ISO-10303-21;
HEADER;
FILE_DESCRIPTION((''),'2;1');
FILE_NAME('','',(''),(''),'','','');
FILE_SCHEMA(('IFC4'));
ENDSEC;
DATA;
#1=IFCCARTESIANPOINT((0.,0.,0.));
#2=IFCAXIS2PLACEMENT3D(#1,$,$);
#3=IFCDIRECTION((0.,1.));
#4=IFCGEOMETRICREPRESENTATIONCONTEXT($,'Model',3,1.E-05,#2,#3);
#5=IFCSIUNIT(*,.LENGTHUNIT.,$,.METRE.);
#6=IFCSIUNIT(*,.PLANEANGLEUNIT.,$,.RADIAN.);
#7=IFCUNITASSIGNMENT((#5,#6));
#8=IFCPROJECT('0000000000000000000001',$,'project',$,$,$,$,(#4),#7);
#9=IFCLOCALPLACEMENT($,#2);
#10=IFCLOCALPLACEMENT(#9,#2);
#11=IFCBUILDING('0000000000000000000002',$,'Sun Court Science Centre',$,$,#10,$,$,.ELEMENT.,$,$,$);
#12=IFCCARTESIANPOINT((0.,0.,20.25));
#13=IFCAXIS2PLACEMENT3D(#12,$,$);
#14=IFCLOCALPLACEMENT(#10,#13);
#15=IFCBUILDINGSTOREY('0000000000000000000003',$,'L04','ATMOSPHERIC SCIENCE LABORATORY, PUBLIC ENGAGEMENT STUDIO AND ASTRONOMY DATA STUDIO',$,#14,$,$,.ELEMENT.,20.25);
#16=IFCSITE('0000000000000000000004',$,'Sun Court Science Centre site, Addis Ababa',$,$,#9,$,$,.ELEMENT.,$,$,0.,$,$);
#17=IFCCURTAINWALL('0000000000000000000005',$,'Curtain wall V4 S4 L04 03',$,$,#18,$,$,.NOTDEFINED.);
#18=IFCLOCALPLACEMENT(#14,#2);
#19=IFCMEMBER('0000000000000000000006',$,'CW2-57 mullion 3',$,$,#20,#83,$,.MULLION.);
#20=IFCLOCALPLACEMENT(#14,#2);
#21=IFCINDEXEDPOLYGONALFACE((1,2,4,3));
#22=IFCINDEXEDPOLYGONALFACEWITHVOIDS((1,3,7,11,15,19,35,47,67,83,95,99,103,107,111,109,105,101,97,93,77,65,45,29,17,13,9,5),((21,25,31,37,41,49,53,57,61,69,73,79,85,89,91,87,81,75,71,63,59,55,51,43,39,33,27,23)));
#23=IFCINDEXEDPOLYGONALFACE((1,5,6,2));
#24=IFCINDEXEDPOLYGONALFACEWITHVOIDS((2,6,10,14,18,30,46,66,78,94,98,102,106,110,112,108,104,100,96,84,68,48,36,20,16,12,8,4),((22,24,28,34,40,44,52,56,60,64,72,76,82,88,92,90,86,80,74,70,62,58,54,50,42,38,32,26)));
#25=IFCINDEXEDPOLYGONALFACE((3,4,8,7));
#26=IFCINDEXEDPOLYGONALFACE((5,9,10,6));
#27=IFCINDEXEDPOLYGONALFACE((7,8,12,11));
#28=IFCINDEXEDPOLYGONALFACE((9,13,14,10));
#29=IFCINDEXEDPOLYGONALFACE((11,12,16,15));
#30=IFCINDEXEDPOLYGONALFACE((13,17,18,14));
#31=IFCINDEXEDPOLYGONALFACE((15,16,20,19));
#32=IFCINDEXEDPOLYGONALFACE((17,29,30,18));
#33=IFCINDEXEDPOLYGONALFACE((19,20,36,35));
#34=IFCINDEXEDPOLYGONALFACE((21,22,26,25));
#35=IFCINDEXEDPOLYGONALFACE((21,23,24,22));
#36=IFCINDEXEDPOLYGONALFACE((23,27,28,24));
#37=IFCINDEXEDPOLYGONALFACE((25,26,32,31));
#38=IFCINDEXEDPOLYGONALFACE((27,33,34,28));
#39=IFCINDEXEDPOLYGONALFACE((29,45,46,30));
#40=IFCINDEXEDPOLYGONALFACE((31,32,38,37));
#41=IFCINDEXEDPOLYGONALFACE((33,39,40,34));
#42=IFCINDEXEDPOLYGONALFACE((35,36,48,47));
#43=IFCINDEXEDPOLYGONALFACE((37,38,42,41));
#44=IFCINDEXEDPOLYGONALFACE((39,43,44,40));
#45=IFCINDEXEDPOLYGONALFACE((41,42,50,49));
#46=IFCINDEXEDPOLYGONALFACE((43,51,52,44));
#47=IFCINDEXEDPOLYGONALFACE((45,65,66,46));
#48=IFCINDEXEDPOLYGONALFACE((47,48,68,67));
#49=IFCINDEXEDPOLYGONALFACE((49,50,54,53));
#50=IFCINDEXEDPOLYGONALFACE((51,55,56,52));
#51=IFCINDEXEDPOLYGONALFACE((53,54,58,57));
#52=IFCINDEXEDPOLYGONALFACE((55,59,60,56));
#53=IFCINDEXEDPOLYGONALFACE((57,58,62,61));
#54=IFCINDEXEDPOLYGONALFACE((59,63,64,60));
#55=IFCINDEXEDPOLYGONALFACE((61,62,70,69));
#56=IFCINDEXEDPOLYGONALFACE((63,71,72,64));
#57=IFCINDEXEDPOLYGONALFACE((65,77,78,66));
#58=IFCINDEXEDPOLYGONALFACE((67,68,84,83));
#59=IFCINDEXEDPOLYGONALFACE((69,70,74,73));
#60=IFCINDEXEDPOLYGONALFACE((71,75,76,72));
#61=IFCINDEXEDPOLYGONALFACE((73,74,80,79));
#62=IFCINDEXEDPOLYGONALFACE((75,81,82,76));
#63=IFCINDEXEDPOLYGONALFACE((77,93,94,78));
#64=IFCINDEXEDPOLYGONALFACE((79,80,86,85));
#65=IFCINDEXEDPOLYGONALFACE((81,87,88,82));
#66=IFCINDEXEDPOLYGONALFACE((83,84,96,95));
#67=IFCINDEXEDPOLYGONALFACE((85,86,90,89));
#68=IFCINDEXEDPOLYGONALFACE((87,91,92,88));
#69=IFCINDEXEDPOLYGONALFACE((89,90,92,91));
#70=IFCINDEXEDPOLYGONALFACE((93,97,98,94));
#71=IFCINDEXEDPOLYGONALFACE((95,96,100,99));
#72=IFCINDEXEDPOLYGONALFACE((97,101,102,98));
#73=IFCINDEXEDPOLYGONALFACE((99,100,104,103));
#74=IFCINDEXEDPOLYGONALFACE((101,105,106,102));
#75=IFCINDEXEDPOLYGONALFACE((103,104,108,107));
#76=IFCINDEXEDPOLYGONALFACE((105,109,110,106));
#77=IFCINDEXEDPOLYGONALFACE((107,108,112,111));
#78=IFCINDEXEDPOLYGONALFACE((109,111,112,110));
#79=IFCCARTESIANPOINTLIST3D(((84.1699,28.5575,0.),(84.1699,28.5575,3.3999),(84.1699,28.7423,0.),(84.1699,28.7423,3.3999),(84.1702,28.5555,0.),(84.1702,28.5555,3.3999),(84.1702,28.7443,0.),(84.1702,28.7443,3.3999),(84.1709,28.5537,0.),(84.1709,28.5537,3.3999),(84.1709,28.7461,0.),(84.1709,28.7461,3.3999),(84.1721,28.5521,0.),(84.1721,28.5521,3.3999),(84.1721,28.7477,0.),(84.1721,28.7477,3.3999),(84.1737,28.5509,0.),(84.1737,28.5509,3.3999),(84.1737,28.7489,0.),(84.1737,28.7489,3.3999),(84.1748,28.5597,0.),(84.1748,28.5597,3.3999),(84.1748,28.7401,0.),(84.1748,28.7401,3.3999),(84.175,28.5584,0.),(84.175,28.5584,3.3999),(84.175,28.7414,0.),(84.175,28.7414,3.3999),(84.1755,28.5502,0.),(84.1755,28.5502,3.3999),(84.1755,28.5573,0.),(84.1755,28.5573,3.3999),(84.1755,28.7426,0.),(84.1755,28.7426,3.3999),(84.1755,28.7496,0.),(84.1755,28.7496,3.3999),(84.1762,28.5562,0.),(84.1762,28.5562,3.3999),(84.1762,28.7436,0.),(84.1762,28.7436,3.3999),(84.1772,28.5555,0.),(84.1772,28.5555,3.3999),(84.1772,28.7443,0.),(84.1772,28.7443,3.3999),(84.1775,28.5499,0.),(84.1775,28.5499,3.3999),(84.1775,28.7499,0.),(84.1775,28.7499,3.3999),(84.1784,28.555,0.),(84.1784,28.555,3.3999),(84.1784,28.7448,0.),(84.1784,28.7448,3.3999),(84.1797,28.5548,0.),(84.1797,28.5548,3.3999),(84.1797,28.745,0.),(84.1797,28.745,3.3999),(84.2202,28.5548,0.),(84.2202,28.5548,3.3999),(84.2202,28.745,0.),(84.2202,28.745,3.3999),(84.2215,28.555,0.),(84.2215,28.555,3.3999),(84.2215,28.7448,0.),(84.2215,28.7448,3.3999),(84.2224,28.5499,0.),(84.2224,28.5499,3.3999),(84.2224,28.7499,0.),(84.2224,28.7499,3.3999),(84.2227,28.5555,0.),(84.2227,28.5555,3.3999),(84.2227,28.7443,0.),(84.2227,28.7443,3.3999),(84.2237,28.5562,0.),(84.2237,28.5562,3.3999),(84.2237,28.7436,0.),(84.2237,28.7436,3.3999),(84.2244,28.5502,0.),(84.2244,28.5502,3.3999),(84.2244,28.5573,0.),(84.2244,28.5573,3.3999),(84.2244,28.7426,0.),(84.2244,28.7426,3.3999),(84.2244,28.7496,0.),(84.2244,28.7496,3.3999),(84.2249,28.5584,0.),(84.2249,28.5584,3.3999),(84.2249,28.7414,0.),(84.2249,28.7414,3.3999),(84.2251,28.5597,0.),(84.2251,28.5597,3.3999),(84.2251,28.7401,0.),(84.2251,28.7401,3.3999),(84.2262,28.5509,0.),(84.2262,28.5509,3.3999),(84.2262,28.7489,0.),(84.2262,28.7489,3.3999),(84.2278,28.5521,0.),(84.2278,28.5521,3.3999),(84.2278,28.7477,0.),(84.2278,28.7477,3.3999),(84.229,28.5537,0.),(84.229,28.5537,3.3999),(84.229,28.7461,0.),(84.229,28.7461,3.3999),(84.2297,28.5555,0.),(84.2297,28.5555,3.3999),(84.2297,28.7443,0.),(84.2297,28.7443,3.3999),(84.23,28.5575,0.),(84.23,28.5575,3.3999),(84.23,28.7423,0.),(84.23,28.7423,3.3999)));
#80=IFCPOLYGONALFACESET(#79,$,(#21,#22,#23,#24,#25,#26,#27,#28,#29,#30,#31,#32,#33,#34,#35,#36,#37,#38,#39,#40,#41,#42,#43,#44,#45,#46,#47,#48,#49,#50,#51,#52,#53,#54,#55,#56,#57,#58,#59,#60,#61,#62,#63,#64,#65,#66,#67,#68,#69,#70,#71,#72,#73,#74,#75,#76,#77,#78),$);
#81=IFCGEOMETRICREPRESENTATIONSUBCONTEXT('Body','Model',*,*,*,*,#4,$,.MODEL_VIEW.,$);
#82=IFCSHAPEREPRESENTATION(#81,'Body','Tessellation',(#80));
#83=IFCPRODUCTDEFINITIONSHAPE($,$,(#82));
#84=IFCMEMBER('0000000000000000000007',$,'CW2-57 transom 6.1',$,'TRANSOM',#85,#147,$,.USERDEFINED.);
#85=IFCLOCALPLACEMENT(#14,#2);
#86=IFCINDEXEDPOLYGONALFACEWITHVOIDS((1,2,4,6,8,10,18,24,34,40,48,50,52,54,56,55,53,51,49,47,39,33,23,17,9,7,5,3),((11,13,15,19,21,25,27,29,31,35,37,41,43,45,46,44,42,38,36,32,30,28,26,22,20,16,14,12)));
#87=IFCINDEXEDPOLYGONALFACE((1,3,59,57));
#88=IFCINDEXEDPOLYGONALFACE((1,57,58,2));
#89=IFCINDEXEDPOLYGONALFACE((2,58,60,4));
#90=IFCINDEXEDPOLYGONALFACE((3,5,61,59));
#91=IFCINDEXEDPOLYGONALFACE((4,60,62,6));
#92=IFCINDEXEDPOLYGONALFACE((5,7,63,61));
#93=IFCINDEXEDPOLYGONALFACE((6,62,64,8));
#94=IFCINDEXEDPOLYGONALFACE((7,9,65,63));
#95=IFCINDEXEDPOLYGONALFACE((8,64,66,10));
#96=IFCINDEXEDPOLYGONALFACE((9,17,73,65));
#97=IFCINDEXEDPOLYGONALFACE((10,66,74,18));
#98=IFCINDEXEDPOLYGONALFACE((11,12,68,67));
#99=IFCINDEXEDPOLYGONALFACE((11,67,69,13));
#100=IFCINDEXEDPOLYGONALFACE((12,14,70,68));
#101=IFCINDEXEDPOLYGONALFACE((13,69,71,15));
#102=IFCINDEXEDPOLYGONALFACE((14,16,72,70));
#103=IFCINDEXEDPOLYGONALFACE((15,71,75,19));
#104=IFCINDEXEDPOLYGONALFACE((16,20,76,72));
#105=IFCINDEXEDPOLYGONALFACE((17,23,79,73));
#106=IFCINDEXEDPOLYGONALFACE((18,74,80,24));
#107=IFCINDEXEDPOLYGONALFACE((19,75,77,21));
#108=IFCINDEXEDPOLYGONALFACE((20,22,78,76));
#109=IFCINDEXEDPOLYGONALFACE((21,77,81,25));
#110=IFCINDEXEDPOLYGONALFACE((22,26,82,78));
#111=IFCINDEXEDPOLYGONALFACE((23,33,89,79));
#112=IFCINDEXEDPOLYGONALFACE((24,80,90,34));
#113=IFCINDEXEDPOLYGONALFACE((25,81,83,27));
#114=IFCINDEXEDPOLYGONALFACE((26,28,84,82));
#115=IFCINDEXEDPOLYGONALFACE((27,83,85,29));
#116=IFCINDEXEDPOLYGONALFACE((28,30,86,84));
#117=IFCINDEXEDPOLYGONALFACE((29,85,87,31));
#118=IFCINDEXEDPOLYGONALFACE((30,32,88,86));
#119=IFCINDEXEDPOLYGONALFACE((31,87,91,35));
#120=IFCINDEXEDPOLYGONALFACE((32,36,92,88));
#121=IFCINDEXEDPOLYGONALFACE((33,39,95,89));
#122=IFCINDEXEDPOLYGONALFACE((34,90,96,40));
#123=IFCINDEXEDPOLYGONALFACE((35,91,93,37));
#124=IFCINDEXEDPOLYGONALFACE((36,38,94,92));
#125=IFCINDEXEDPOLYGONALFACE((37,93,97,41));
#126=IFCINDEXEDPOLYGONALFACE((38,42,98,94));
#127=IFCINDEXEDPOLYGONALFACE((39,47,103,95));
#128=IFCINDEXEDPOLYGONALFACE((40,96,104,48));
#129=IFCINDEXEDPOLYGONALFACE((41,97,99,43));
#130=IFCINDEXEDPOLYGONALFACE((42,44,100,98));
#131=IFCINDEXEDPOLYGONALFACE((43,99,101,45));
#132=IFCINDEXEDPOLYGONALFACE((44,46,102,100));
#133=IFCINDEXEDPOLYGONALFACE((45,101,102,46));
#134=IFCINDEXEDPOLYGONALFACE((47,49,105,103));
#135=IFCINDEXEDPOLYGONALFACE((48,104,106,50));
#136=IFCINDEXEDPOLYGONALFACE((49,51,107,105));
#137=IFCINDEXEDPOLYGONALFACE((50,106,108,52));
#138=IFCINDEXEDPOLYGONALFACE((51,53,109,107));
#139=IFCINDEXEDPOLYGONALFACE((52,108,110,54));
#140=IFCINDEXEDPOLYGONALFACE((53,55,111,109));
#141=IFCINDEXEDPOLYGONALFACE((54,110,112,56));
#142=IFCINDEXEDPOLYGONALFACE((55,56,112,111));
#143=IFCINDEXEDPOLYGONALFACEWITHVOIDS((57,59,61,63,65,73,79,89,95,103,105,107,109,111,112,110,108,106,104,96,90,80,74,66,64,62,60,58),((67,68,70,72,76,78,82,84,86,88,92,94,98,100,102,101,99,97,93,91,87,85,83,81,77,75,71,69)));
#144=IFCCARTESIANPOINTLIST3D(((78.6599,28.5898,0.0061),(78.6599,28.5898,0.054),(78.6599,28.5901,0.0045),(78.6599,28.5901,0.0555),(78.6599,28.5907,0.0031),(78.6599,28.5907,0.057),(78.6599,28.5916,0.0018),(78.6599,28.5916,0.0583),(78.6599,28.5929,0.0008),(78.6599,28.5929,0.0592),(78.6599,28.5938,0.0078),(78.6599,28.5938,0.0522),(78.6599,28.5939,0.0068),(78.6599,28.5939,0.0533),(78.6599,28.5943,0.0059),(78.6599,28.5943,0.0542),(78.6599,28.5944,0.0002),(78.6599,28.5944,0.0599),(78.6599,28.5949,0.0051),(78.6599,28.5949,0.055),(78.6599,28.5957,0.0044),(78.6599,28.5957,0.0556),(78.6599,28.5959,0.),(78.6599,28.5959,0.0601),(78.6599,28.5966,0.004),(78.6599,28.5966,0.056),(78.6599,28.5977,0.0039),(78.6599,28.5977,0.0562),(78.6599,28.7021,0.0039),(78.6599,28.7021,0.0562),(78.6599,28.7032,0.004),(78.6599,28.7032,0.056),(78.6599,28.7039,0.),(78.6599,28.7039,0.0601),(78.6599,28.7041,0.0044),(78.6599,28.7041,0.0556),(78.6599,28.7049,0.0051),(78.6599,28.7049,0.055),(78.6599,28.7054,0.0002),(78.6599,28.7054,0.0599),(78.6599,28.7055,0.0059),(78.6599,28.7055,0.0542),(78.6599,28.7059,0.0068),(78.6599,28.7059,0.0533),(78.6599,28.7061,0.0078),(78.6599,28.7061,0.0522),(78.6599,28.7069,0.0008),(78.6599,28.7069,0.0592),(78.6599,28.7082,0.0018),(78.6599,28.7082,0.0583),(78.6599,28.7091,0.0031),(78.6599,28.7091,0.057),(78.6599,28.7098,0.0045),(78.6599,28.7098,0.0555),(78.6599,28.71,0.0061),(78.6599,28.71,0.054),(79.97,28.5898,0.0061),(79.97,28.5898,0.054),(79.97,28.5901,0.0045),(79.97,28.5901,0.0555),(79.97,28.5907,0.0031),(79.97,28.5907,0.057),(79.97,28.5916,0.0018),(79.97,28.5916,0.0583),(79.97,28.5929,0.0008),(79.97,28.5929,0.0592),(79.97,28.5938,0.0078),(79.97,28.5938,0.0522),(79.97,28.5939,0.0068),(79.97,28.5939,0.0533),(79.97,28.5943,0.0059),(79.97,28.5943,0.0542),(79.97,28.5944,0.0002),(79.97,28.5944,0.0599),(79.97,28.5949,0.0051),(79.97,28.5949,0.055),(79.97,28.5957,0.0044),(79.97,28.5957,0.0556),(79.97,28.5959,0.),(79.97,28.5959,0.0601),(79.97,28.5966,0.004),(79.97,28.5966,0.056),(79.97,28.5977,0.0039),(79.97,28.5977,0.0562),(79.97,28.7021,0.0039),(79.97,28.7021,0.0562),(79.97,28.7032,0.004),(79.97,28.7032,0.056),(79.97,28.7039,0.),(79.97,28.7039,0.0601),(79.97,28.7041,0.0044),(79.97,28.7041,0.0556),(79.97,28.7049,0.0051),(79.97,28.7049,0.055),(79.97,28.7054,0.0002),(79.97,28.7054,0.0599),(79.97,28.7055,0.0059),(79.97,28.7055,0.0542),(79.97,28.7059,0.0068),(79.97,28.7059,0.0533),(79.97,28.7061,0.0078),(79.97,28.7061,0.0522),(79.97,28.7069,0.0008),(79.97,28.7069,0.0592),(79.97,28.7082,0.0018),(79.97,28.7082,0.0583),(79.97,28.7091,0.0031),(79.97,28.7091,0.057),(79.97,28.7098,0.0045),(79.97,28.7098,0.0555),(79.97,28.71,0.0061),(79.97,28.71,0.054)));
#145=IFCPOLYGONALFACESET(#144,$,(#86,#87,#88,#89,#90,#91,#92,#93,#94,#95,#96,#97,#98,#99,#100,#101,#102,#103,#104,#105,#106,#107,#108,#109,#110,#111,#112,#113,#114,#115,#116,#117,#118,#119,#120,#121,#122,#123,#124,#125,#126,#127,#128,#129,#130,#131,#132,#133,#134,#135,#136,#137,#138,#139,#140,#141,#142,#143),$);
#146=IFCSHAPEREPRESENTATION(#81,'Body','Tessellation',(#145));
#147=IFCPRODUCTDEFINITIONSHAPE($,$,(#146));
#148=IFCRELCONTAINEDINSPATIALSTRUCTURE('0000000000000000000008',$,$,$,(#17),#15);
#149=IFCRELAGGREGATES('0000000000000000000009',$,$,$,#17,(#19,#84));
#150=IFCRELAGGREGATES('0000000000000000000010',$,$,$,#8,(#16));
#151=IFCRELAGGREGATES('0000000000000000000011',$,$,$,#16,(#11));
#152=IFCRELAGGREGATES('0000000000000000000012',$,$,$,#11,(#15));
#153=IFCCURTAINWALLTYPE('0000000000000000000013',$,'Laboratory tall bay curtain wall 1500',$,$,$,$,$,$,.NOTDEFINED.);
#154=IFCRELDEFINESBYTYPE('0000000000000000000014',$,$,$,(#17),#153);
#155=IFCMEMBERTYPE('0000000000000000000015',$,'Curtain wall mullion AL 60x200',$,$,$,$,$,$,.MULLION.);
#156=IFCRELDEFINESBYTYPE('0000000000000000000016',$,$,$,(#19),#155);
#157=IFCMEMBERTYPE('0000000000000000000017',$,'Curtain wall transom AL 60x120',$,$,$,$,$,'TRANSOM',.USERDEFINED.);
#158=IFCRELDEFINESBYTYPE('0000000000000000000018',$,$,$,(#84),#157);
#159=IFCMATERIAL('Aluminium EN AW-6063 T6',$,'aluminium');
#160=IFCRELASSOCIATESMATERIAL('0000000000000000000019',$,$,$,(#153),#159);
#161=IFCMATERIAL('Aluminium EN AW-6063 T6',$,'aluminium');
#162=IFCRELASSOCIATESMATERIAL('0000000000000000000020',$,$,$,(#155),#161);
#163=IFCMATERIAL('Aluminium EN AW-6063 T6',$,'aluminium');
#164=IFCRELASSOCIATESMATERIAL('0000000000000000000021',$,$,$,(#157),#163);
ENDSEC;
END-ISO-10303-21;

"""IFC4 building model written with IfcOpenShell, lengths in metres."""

from ifc_helpers import new_model, si_unit, direction, frame, origin, origin_2d, place, context, subcontext, project, spatial, hollow_rectangle, extrude, material, material_profile, profile_set, type_object, element, aggregate, save


model = new_model("IFC4")

# Units and contexts
model_context = context("Model", 3, precision=1e-05, world=origin(), true_north=direction((0.0, 1.0)))
body_context = subcontext(model_context, "Body", "Model", "MODEL_VIEW")
ifc_project = project(units=[si_unit("LENGTHUNIT", "METRE"), si_unit("PLANEANGLEUNIT", "RADIAN")], contexts=[model_context])

# Site, building, storey
site_placement = place(None, origin())
site = spatial("IfcSite", under=ifc_project, at=site_placement, Name="Sun Court Science Centre site, Addis Ababa", CompositionType="ELEMENT", RefElevation=0.0)
building_placement = place(site_placement, origin())
building = spatial("IfcBuilding", under=site, at=building_placement, Name="Sun Court Science Centre", CompositionType="ELEMENT")
storey_placement = place(building_placement, frame((0.0, 0.0, 20.25)))
storey = spatial("IfcBuildingStorey", under=building, at=storey_placement, Name="L04", Description="ATMOSPHERIC SCIENCE LABORATORY, PUBLIC ENGAGEMENT STUDIO AND ASTRONOMY DATA STUDIO", CompositionType="ELEMENT", Elevation=20.25)

# Curtain wall, members
ifc_material_1 = material(Name="Aluminium EN AW-6063 T6", Category="aluminium")
curtain_wall_type = type_object("IfcCurtainWallType", Name="Laboratory tall bay curtain wall 1500", PredefinedType="NOTDEFINED", material=ifc_material_1)
curtain_wall_placement = place(storey_placement, origin())
curtain_wall = element("IfcCurtainWall", 1, at=curtain_wall_placement, inside=storey, type_object=curtain_wall_type, Name="Curtain wall V4 S4 L04 03", PredefinedType="NOTDEFINED")
ifc_material_2 = material(Name="Aluminium EN AW-6063 T6", Category="aluminium")
ifc_material_profile_1 = material_profile(ifc_material_2, hollow_rectangle(XDim=0.0601, YDim=0.2, WallThickness=0.0049, InnerFilletRadius=0.0049, OuterFilletRadius=0.0076, at=origin_2d()), Name="AL 60x200x5")
ifc_profile_set_1 = profile_set([ifc_material_profile_1], Name="Aluminium EN AW-6063 T6")
member_type_1 = type_object("IfcMemberType", Name="Curtain wall mullion AL 60x200", PredefinedType="MULLION", material=ifc_profile_set_1)
member_1_placement = place(storey_placement, frame((84.2, 28.6499, 0.0), z_axis=(0.0, 0.0, 1.0), x_axis=(-1.0, 0.0, 0.0)))
member_1 = element("IfcMember", 2, at=member_1_placement, type_object=member_type_1, Name="CW2-57 mullion 3", PredefinedType="MULLION", context=body_context, shape_type="SweptSolid", body=[
    extrude(hollow_rectangle(XDim=0.0601, YDim=0.2, WallThickness=0.0049, InnerFilletRadius=0.0049, OuterFilletRadius=0.0076, at=origin_2d()), origin(), (0.0, 0.0, 1.0), 3.3999),
])
ifc_material_3 = material(Name="Aluminium EN AW-6063 T6", Category="aluminium")
ifc_material_profile_2 = material_profile(ifc_material_3, hollow_rectangle(XDim=0.0601, YDim=0.1201, WallThickness=0.0039, InnerFilletRadius=0.0039, OuterFilletRadius=0.0061, at=origin_2d()), Name="AL 60x120x4")
ifc_profile_set_2 = profile_set([ifc_material_profile_2], Name="Aluminium EN AW-6063 T6")
member_type_2 = type_object("IfcMemberType", Name="Curtain wall transom AL 60x120", ElementType="TRANSOM", PredefinedType="USERDEFINED", material=ifc_profile_set_2)
member_2_placement = place(storey_placement, frame((79.97, 28.6499, 0.03), z_axis=(-1.0, 0.0, 0.0), x_axis=(0.0, 0.0, 1.0)))
member_2 = element("IfcMember", 3, at=member_2_placement, type_object=member_type_2, Name="CW2-57 transom 6.1", ObjectType="TRANSOM", PredefinedType="USERDEFINED", context=body_context, shape_type="SweptSolid", body=[
    extrude(hollow_rectangle(XDim=0.0601, YDim=0.1201, WallThickness=0.0039, InnerFilletRadius=0.0039, OuterFilletRadius=0.0061, at=origin_2d()), origin(), (0.0, 0.0, 1.0), 1.3101),
])

aggregate(curtain_wall, [member_1, member_2])

save(model, "model.ifc")
